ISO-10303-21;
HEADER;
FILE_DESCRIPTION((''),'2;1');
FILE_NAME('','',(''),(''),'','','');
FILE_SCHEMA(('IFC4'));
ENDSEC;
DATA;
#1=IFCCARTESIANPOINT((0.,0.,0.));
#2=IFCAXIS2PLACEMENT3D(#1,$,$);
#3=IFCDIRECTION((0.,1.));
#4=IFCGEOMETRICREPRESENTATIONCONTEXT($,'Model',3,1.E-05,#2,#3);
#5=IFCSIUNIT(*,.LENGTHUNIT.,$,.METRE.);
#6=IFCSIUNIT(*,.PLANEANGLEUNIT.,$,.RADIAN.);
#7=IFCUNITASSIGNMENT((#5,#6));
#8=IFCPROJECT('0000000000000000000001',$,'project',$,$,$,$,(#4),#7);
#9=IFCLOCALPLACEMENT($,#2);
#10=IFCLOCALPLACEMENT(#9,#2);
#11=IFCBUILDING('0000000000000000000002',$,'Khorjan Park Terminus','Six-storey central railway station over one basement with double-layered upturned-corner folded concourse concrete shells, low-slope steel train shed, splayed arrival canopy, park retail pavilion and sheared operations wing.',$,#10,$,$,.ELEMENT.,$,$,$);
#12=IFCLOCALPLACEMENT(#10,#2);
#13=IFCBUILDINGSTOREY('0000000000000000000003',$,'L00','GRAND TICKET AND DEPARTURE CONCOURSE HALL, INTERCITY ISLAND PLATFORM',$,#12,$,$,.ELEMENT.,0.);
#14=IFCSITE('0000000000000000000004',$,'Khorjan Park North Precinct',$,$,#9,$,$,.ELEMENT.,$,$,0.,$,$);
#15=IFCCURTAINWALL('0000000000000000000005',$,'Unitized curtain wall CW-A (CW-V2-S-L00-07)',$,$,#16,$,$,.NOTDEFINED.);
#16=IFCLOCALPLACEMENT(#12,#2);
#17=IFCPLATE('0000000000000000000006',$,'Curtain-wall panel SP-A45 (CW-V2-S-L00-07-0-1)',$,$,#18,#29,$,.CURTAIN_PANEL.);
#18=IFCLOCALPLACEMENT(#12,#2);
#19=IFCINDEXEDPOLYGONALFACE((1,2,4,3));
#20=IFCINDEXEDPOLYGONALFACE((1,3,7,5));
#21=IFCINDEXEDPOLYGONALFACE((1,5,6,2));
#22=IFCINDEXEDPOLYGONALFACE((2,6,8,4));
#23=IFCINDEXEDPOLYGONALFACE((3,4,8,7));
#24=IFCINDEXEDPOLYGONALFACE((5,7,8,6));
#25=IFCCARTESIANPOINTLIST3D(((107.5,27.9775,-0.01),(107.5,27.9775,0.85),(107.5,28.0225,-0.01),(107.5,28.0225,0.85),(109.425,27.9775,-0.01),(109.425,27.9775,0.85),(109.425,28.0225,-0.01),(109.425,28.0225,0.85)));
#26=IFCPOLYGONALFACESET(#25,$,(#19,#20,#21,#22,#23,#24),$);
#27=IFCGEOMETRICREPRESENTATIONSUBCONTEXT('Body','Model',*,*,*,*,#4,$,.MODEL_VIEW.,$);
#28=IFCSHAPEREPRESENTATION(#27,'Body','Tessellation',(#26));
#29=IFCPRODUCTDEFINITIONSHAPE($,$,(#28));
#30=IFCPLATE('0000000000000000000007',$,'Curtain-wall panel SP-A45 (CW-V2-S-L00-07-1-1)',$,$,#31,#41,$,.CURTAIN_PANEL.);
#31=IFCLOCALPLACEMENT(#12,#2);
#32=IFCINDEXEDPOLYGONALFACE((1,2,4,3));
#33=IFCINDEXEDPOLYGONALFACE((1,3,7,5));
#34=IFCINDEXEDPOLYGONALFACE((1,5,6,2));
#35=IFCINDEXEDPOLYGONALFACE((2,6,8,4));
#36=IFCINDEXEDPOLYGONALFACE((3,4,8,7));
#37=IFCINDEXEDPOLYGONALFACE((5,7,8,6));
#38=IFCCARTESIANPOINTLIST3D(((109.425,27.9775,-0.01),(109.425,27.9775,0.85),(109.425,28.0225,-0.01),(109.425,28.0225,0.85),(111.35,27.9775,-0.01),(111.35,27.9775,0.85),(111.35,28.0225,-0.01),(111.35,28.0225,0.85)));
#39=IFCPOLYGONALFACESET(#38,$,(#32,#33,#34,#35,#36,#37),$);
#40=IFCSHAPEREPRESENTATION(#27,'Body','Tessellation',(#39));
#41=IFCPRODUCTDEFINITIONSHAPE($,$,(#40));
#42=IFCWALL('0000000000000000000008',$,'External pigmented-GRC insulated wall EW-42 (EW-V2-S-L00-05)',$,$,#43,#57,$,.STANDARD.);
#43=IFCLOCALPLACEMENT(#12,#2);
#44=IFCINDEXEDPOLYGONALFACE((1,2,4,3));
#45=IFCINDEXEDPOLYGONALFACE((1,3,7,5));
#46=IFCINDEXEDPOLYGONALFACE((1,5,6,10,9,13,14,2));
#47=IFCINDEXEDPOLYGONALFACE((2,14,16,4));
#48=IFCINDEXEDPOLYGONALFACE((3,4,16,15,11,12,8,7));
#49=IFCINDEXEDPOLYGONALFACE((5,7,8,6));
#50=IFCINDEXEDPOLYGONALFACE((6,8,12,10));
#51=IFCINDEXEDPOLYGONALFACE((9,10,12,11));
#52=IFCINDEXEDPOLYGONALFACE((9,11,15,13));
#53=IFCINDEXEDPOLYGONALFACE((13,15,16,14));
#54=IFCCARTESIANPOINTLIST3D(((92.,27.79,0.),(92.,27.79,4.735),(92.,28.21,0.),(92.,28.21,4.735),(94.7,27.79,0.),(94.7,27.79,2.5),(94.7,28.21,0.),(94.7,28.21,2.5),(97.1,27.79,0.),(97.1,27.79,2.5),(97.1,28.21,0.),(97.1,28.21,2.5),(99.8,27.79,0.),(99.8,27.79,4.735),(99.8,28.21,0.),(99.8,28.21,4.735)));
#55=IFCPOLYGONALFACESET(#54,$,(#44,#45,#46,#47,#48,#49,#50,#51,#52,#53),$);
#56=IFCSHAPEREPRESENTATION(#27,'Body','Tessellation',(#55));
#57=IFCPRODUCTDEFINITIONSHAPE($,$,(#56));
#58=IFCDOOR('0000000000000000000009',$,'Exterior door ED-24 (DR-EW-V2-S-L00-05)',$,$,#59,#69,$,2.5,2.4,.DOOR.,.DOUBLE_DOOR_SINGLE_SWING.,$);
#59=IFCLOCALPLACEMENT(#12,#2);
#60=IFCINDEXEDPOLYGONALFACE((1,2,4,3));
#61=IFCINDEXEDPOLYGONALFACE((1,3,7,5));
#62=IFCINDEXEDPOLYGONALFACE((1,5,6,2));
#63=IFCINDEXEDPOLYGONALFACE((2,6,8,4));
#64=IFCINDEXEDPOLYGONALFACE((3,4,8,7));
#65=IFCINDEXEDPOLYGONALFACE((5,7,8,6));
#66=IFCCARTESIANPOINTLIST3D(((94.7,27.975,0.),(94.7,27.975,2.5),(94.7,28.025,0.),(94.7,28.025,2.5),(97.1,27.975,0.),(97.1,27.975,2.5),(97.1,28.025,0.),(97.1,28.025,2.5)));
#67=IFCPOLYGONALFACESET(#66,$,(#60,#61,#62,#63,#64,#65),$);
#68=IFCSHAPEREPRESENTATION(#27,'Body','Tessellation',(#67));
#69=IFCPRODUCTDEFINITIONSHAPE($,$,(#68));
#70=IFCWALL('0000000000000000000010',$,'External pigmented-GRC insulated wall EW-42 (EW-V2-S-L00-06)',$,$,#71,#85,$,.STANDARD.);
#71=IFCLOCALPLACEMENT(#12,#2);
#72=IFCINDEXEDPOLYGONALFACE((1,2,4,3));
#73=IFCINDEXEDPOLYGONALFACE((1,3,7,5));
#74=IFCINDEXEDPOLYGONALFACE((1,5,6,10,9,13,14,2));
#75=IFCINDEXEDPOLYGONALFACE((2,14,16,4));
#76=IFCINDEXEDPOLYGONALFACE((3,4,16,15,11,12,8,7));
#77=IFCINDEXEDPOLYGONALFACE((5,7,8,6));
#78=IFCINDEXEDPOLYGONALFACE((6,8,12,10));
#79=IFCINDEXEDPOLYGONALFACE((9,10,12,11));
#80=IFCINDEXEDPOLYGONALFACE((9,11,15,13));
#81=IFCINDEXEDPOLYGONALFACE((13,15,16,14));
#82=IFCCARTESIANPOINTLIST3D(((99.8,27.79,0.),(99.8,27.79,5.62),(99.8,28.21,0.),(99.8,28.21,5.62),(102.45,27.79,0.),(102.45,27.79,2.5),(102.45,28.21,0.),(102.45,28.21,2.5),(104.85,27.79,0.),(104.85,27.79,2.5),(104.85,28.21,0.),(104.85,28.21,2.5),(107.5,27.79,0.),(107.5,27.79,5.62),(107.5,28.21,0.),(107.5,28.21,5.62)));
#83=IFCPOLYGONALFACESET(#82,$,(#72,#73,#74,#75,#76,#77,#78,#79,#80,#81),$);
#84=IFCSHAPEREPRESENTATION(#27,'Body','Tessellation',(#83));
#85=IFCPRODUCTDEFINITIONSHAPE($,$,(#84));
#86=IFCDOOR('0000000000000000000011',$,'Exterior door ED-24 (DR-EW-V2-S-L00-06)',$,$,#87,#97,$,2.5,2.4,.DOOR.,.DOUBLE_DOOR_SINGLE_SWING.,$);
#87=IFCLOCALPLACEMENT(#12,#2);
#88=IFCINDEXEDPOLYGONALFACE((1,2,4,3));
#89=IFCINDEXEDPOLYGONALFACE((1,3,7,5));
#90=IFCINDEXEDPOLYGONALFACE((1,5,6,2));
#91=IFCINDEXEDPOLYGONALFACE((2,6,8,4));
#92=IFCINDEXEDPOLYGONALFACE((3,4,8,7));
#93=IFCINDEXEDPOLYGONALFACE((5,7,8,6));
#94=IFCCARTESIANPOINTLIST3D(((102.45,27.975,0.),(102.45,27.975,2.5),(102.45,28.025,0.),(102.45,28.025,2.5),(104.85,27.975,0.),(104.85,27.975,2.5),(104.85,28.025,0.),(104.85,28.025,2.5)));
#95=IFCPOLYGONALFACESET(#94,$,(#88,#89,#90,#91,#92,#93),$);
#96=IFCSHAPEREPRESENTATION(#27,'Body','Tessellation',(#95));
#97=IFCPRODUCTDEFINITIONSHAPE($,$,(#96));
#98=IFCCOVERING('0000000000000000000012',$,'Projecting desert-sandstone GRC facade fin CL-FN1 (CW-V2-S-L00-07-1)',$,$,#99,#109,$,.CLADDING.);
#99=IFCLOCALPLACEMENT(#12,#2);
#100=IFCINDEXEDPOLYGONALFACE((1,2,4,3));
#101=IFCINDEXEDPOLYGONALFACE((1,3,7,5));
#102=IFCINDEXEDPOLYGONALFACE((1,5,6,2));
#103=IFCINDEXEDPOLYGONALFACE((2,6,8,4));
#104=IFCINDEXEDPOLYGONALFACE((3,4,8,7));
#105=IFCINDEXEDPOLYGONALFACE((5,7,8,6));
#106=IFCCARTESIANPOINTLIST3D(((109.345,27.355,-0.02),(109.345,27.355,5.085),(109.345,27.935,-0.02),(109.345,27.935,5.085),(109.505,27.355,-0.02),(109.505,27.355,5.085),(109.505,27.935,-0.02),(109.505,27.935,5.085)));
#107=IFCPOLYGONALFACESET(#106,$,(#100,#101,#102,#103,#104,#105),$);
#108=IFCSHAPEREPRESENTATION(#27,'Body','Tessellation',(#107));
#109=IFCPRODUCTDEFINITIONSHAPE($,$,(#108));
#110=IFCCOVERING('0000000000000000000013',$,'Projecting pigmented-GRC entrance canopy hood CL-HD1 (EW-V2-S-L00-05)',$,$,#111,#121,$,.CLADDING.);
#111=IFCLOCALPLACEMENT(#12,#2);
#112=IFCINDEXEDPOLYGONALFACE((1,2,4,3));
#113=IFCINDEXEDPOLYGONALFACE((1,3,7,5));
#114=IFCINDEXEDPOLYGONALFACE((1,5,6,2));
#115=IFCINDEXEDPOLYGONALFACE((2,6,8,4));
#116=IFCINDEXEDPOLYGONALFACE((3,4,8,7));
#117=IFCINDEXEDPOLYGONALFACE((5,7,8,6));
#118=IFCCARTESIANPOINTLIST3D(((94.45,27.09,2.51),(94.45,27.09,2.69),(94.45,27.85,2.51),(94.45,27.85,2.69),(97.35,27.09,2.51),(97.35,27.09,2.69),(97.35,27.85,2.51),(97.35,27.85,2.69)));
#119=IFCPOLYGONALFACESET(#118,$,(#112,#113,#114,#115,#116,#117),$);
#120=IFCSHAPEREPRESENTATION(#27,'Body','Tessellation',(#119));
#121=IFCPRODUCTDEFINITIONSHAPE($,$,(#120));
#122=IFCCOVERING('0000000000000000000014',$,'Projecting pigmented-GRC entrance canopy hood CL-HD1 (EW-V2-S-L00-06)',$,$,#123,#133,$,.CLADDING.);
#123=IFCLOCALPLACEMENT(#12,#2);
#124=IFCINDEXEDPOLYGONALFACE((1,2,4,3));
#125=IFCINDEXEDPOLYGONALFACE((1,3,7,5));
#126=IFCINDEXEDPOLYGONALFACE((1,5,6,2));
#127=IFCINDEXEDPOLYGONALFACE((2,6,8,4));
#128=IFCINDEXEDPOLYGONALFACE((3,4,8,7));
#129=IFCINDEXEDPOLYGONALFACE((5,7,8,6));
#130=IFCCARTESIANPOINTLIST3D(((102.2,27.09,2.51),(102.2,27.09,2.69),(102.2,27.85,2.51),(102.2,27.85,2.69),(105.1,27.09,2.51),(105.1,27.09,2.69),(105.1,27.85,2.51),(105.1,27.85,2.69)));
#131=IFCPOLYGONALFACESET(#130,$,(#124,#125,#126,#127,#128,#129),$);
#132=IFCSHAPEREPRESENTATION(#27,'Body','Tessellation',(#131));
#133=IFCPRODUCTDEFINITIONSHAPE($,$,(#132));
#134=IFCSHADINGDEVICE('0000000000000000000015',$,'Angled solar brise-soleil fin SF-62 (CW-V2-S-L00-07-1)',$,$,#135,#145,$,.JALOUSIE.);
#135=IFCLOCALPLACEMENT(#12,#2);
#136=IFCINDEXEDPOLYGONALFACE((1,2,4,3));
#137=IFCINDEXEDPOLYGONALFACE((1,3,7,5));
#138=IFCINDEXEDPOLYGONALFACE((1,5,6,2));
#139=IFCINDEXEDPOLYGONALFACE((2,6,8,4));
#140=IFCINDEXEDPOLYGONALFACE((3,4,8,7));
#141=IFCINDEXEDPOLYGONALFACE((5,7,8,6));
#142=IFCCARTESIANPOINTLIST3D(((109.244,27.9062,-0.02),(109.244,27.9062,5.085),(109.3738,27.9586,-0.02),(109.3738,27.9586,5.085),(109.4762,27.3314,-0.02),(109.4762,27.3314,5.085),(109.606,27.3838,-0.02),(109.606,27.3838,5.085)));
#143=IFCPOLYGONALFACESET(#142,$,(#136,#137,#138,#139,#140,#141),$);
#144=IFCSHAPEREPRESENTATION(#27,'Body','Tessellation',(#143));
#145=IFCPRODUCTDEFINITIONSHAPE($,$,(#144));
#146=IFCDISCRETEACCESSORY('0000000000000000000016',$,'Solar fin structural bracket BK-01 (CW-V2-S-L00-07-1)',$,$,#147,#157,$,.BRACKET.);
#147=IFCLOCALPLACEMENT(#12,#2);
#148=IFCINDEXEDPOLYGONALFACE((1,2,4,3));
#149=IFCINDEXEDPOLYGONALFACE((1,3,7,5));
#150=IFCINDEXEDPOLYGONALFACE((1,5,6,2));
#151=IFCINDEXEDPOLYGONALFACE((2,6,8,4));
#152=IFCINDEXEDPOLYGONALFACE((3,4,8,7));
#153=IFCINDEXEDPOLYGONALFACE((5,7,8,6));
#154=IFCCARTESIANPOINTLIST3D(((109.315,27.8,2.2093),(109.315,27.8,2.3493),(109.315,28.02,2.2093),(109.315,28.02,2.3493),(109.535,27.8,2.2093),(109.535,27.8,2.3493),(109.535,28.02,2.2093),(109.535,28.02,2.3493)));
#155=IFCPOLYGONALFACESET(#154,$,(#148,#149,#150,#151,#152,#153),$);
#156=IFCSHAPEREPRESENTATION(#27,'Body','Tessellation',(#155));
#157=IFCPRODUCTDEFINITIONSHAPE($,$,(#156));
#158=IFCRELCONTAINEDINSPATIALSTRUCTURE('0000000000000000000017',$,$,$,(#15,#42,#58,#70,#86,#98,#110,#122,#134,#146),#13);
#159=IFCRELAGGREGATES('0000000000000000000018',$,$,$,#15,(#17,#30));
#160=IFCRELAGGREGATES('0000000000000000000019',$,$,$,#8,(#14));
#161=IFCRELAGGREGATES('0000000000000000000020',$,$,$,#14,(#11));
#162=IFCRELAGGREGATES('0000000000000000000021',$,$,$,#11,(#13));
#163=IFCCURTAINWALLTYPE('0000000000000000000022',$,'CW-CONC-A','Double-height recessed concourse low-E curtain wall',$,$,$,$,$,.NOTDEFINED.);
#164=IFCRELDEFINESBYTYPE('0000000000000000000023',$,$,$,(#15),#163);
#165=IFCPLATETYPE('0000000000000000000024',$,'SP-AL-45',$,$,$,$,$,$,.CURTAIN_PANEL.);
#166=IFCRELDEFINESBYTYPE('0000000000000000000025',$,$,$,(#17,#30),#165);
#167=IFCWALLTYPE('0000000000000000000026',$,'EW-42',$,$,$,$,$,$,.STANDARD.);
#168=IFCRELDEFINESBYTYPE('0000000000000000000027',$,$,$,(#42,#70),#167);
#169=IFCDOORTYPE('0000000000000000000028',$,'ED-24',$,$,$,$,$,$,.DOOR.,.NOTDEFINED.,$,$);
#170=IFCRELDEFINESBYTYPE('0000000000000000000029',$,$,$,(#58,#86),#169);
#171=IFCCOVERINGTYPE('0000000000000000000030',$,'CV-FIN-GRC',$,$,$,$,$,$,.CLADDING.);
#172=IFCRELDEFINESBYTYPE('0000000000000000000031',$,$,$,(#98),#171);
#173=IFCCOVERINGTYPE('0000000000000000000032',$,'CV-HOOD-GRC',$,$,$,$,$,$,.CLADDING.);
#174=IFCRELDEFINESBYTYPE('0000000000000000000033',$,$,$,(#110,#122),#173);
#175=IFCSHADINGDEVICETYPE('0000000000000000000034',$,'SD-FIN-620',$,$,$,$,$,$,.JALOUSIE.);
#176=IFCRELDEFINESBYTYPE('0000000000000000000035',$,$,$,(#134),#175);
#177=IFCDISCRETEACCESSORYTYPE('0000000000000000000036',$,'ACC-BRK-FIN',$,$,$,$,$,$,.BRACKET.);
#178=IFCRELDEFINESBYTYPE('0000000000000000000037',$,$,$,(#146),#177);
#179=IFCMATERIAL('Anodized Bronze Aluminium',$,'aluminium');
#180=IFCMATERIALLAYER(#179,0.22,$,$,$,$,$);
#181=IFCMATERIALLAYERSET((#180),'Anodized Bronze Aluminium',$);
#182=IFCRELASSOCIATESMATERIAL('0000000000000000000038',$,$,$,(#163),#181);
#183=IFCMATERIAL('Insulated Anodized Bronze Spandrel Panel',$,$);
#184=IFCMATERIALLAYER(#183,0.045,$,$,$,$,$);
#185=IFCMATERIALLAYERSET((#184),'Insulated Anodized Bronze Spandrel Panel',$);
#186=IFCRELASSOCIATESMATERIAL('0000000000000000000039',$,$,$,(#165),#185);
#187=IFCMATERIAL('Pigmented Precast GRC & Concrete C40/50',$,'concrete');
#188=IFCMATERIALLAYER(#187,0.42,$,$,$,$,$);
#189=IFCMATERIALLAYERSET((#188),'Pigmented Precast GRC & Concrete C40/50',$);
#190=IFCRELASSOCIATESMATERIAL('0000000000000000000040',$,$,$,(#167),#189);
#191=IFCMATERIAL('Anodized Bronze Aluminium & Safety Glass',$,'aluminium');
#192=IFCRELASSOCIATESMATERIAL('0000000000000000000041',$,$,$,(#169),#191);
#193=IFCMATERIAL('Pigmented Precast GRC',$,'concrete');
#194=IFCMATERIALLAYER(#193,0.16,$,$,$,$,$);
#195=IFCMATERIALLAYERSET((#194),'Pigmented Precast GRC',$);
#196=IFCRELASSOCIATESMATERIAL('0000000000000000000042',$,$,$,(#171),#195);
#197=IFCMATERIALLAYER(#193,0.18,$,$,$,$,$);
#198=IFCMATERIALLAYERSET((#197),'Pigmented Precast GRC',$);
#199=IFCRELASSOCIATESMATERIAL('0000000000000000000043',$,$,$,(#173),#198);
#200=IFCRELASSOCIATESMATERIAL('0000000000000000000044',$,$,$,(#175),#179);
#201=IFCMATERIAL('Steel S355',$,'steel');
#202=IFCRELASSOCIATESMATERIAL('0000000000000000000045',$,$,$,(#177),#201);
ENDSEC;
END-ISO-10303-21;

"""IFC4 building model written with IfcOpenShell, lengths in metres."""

from ifc_helpers import new_model, si_unit, direction, frame, frame_2d, origin, origin_2d, place, context, subcontext, project, spatial, rectangle, extrude, material, layer, layer_set, type_object, element, fill, aggregate, save


model = new_model("IFC4")

# Units and contexts
model_context = context("Model", 3, precision=1e-05, world=origin(), true_north=direction((0.0, 1.0)))
body_context = subcontext(model_context, "Body", "Model", "MODEL_VIEW")
ifc_project = project(units=[si_unit("LENGTHUNIT", "METRE"), si_unit("PLANEANGLEUNIT", "RADIAN")], contexts=[model_context])

# Site, building, storey
site_placement = place(None, origin())
site = spatial("IfcSite", under=ifc_project, at=site_placement, Name="Khorjan Park North Precinct", CompositionType="ELEMENT", RefElevation=0.0)
building_placement = place(site_placement, origin())
building = spatial("IfcBuilding", under=site, at=building_placement, Name="Khorjan Park Terminus", Description="Six-storey central railway station over one basement with double-layered upturned-corner folded concourse concrete shells, low-slope steel train shed, splayed arrival canopy, park retail pavilion and sheared operations wing.", CompositionType="ELEMENT")
storey_placement = place(building_placement, origin())
storey = spatial("IfcBuildingStorey", under=building, at=storey_placement, Name="L00", Description="GRAND TICKET AND DEPARTURE CONCOURSE HALL, INTERCITY ISLAND PLATFORM", CompositionType="ELEMENT", Elevation=0.0)

# Curtain wall, plates
ifc_material_1 = material(Name="Anodized Bronze Aluminium", Category="aluminium")
ifc_layer_1 = layer(ifc_material_1, 0.22)
ifc_layer_set_1 = layer_set([ifc_layer_1], Name="Anodized Bronze Aluminium")
curtain_wall_type = type_object("IfcCurtainWallType", Name="CW-CONC-A", Description="Double-height recessed concourse low-E curtain wall", PredefinedType="NOTDEFINED", material=ifc_layer_set_1)
curtain_wall_placement = place(storey_placement, origin())
curtain_wall = element("IfcCurtainWall", 1, at=curtain_wall_placement, inside=storey, type_object=curtain_wall_type, Name="Unitized curtain wall CW-A (CW-V2-S-L00-07)", PredefinedType="NOTDEFINED")
ifc_material_2 = material(Name="Insulated Anodized Bronze Spandrel Panel")
ifc_layer_2 = layer(ifc_material_2, 0.045)
ifc_layer_set_2 = layer_set([ifc_layer_2], Name="Insulated Anodized Bronze Spandrel Panel")
plate_type_1 = type_object("IfcPlateType", Name="SP-AL-45", PredefinedType="CURTAIN_PANEL", material=ifc_layer_set_2)
plate_1_placement = place(storey_placement, frame((108.4625, 28.0, -0.01), z_axis=(0.0, 0.0, 1.0), x_axis=(1.0, 0.0, 0.0)))
plate_1 = element("IfcPlate", 2, at=plate_1_placement, type_object=plate_type_1, Name="Curtain-wall panel SP-A45 (CW-V2-S-L00-07-0-1)", PredefinedType="CURTAIN_PANEL", context=body_context, shape_type="SweptSolid", body=[
    extrude(rectangle(XDim=1.925, YDim=0.045, at=origin_2d()), origin(), (0.0, 0.0, 1.0), 0.86),
])
plate_2_placement = place(storey_placement, frame((110.3875, 28.0, -0.01), z_axis=(0.0, 0.0, 1.0), x_axis=(1.0, 0.0, 0.0)))
plate_2 = element("IfcPlate", 3, at=plate_2_placement, type_object=plate_type_1, Name="Curtain-wall panel SP-A45 (CW-V2-S-L00-07-1-1)", PredefinedType="CURTAIN_PANEL", context=body_context, shape_type="SweptSolid", body=[
    extrude(rectangle(XDim=1.925, YDim=0.045, at=origin_2d()), origin(), (0.0, 0.0, 1.0), 0.86),
])
aggregate(curtain_wall, [plate_1, plate_2])

# Walls, openings, doors
ifc_material_3 = material(Name="Pigmented Precast GRC & Concrete C40/50", Category="concrete")
ifc_layer_3 = layer(ifc_material_3, 0.42)
ifc_layer_set_3 = layer_set([ifc_layer_3], Name="Pigmented Precast GRC & Concrete C40/50")
wall_type = type_object("IfcWallType", Name="EW-42", PredefinedType="STANDARD", material=ifc_layer_set_3)
wall_1_placement = place(storey_placement, frame((92.0, 28.0, 0.0), z_axis=(0.0, 0.0, 1.0), x_axis=(1.0, 0.0, 0.0)))
wall_1 = element("IfcWall", 4, at=wall_1_placement, inside=storey, type_object=wall_type, Name="External pigmented-GRC insulated wall EW-42 (EW-V2-S-L00-05)", PredefinedType="STANDARD", context=body_context, shape_type="SweptSolid", body=[
    extrude(rectangle(XDim=7.8, YDim=0.42, at=frame_2d((3.9, 0.0))), origin(), (0.0, 0.0, 1.0), 4.735),
])
opening_1_placement = place(wall_1_placement, frame((2.7, 0.0, 0.0)))
opening_1 = element("IfcOpeningElement", 5, at=opening_1_placement, cuts=wall_1, PredefinedType="OPENING", context=body_context, shape_type="SweptSolid", body=[
    extrude(rectangle(XDim=2.4, YDim=2.5, at=frame_2d((1.2, 1.25))), frame((0.0, 0.22, 0.0), z_axis=(0.0, -1.0, 0.0), x_axis=(1.0, 0.0, 0.0)), (0.0, 0.0, 1.0), 0.44),
])
ifc_material_4 = material(Name="Anodized Bronze Aluminium & Safety Glass", Category="aluminium")
door_type = type_object("IfcDoorType", Name="ED-24", OperationType="NOTDEFINED", PredefinedType="DOOR", material=ifc_material_4)
door_1_placement = place(opening_1_placement, origin())
door_1 = element("IfcDoor", 6, at=door_1_placement, inside=storey, type_object=door_type, Name="Exterior door ED-24 (DR-EW-V2-S-L00-05)", OperationType="DOUBLE_DOOR_SINGLE_SWING", OverallHeight=2.5, OverallWidth=2.4, PredefinedType="DOOR", context=body_context, shape_type="SweptSolid", body=[
    extrude(rectangle(XDim=2.4, YDim=2.5, at=frame_2d((1.2, 1.25))), frame((0.0, 0.025, 0.0), z_axis=(0.0, -1.0, 0.0), x_axis=(1.0, 0.0, 0.0)), (0.0, 0.0, 1.0), 0.05),
])
fill(opening_1, door_1)
wall_2_placement = place(storey_placement, frame((99.8, 28.0, 0.0), z_axis=(0.0, 0.0, 1.0), x_axis=(1.0, 0.0, 0.0)))
wall_2 = element("IfcWall", 7, at=wall_2_placement, inside=storey, type_object=wall_type, Name="External pigmented-GRC insulated wall EW-42 (EW-V2-S-L00-06)", PredefinedType="STANDARD", context=body_context, shape_type="SweptSolid", body=[
    extrude(rectangle(XDim=7.7, YDim=0.42, at=frame_2d((3.85, 0.0))), origin(), (0.0, 0.0, 1.0), 5.62),
])
opening_2_placement = place(wall_2_placement, frame((2.65, 0.0, 0.0)))
opening_2 = element("IfcOpeningElement", 8, at=opening_2_placement, cuts=wall_2, PredefinedType="OPENING", context=body_context, shape_type="SweptSolid", body=[
    extrude(rectangle(XDim=2.4, YDim=2.5, at=frame_2d((1.2, 1.25))), frame((0.0, 0.22, 0.0), z_axis=(0.0, -1.0, 0.0), x_axis=(1.0, 0.0, 0.0)), (0.0, 0.0, 1.0), 0.44),
])
door_2_placement = place(opening_2_placement, origin())
door_2 = element("IfcDoor", 9, at=door_2_placement, inside=storey, type_object=door_type, Name="Exterior door ED-24 (DR-EW-V2-S-L00-06)", OperationType="DOUBLE_DOOR_SINGLE_SWING", OverallHeight=2.5, OverallWidth=2.4, PredefinedType="DOOR", context=body_context, shape_type="SweptSolid", body=[
    extrude(rectangle(XDim=2.4, YDim=2.5, at=frame_2d((1.2, 1.25))), frame((0.0, 0.025, 0.0), z_axis=(0.0, -1.0, 0.0), x_axis=(1.0, 0.0, 0.0)), (0.0, 0.0, 1.0), 0.05),
])
fill(opening_2, door_2)

# Coverings
ifc_material_5 = material(Name="Pigmented Precast GRC", Category="concrete")
ifc_layer_4 = layer(ifc_material_5, 0.16)
ifc_layer_set_4 = layer_set([ifc_layer_4], Name="Pigmented Precast GRC")
covering_type_1 = type_object("IfcCoveringType", Name="CV-FIN-GRC", PredefinedType="CLADDING", material=ifc_layer_set_4)
covering_placement = place(storey_placement, frame((109.425, 27.645, -0.02), z_axis=(0.0, 0.0, 1.0), x_axis=(0.0, 1.0, 0.0)))
element("IfcCovering", 10, at=covering_placement, inside=storey, type_object=covering_type_1, Name="Projecting desert-sandstone GRC facade fin CL-FN1 (CW-V2-S-L00-07-1)", PredefinedType="CLADDING", context=body_context, shape_type="SweptSolid", body=[
    extrude(rectangle(XDim=0.58, YDim=0.16, at=origin_2d()), origin(), (0.0, 0.0, 1.0), 5.105),
])
ifc_layer_5 = layer(ifc_material_5, 0.18)
ifc_layer_set_5 = layer_set([ifc_layer_5], Name="Pigmented Precast GRC")
covering_type_2 = type_object("IfcCoveringType", Name="CV-HOOD-GRC", PredefinedType="CLADDING", material=ifc_layer_set_5)
for number, where, z_axis, x_axis, name in (
    (11, (95.9, 27.47, 2.51), (0.0, 0.0, 1.0), (1.0, 0.0, 0.0), "Projecting pigmented-GRC entrance canopy hood CL-HD1 (EW-V2-S-L00-05)"),
    (12, (103.65, 27.47, 2.51), (0.0, 0.0, 1.0), (1.0, 0.0, 0.0), "Projecting pigmented-GRC entrance canopy hood CL-HD1 (EW-V2-S-L00-06)"),
):
    element("IfcCovering", number, at=place(storey_placement, frame(where, z_axis=z_axis, x_axis=x_axis)), inside=storey, type_object=covering_type_2, Name=name, PredefinedType="CLADDING", context=body_context, shape_type="SweptSolid", body=[
        extrude(rectangle(XDim=2.9, YDim=0.76, at=origin_2d()), origin(), (0.0, 0.0, 1.0), 0.18),
    ])

# Shading device
shading_device_type = type_object("IfcShadingDeviceType", Name="SD-FIN-620", PredefinedType="JALOUSIE", material=ifc_material_1)
shading_device_placement = place(storey_placement, frame((109.425, 27.645, -0.02), z_axis=(0.0, 0.0, 1.0), x_axis=(-0.374607, 0.927184, 0.0)))
element("IfcShadingDevice", 13, at=shading_device_placement, inside=storey, type_object=shading_device_type, Name="Angled solar brise-soleil fin SF-62 (CW-V2-S-L00-07-1)", PredefinedType="JALOUSIE", context=body_context, shape_type="SweptSolid", body=[
    extrude(rectangle(XDim=0.62, YDim=0.14, at=origin_2d()), origin(), (0.0, 0.0, 1.0), 5.105),
])

# Discrete accessory
ifc_material_6 = material(Name="Steel S355", Category="steel")
discrete_accessory_type = type_object("IfcDiscreteAccessoryType", Name="ACC-BRK-FIN", PredefinedType="BRACKET", material=ifc_material_6)
discrete_accessory_placement = place(storey_placement, frame((109.425, 27.91, 2.2093), z_axis=(0.0, 0.0, 1.0), x_axis=(1.0, 0.0, 0.0)))
element("IfcDiscreteAccessory", 14, at=discrete_accessory_placement, inside=storey, type_object=discrete_accessory_type, Name="Solar fin structural bracket BK-01 (CW-V2-S-L00-07-1)", PredefinedType="BRACKET", context=body_context, shape_type="SweptSolid", body=[
    extrude(rectangle(XDim=0.22, YDim=0.22, at=origin_2d()), origin(), (0.0, 0.0, 1.0), 0.14),
])

save(model, "model.ifc")
